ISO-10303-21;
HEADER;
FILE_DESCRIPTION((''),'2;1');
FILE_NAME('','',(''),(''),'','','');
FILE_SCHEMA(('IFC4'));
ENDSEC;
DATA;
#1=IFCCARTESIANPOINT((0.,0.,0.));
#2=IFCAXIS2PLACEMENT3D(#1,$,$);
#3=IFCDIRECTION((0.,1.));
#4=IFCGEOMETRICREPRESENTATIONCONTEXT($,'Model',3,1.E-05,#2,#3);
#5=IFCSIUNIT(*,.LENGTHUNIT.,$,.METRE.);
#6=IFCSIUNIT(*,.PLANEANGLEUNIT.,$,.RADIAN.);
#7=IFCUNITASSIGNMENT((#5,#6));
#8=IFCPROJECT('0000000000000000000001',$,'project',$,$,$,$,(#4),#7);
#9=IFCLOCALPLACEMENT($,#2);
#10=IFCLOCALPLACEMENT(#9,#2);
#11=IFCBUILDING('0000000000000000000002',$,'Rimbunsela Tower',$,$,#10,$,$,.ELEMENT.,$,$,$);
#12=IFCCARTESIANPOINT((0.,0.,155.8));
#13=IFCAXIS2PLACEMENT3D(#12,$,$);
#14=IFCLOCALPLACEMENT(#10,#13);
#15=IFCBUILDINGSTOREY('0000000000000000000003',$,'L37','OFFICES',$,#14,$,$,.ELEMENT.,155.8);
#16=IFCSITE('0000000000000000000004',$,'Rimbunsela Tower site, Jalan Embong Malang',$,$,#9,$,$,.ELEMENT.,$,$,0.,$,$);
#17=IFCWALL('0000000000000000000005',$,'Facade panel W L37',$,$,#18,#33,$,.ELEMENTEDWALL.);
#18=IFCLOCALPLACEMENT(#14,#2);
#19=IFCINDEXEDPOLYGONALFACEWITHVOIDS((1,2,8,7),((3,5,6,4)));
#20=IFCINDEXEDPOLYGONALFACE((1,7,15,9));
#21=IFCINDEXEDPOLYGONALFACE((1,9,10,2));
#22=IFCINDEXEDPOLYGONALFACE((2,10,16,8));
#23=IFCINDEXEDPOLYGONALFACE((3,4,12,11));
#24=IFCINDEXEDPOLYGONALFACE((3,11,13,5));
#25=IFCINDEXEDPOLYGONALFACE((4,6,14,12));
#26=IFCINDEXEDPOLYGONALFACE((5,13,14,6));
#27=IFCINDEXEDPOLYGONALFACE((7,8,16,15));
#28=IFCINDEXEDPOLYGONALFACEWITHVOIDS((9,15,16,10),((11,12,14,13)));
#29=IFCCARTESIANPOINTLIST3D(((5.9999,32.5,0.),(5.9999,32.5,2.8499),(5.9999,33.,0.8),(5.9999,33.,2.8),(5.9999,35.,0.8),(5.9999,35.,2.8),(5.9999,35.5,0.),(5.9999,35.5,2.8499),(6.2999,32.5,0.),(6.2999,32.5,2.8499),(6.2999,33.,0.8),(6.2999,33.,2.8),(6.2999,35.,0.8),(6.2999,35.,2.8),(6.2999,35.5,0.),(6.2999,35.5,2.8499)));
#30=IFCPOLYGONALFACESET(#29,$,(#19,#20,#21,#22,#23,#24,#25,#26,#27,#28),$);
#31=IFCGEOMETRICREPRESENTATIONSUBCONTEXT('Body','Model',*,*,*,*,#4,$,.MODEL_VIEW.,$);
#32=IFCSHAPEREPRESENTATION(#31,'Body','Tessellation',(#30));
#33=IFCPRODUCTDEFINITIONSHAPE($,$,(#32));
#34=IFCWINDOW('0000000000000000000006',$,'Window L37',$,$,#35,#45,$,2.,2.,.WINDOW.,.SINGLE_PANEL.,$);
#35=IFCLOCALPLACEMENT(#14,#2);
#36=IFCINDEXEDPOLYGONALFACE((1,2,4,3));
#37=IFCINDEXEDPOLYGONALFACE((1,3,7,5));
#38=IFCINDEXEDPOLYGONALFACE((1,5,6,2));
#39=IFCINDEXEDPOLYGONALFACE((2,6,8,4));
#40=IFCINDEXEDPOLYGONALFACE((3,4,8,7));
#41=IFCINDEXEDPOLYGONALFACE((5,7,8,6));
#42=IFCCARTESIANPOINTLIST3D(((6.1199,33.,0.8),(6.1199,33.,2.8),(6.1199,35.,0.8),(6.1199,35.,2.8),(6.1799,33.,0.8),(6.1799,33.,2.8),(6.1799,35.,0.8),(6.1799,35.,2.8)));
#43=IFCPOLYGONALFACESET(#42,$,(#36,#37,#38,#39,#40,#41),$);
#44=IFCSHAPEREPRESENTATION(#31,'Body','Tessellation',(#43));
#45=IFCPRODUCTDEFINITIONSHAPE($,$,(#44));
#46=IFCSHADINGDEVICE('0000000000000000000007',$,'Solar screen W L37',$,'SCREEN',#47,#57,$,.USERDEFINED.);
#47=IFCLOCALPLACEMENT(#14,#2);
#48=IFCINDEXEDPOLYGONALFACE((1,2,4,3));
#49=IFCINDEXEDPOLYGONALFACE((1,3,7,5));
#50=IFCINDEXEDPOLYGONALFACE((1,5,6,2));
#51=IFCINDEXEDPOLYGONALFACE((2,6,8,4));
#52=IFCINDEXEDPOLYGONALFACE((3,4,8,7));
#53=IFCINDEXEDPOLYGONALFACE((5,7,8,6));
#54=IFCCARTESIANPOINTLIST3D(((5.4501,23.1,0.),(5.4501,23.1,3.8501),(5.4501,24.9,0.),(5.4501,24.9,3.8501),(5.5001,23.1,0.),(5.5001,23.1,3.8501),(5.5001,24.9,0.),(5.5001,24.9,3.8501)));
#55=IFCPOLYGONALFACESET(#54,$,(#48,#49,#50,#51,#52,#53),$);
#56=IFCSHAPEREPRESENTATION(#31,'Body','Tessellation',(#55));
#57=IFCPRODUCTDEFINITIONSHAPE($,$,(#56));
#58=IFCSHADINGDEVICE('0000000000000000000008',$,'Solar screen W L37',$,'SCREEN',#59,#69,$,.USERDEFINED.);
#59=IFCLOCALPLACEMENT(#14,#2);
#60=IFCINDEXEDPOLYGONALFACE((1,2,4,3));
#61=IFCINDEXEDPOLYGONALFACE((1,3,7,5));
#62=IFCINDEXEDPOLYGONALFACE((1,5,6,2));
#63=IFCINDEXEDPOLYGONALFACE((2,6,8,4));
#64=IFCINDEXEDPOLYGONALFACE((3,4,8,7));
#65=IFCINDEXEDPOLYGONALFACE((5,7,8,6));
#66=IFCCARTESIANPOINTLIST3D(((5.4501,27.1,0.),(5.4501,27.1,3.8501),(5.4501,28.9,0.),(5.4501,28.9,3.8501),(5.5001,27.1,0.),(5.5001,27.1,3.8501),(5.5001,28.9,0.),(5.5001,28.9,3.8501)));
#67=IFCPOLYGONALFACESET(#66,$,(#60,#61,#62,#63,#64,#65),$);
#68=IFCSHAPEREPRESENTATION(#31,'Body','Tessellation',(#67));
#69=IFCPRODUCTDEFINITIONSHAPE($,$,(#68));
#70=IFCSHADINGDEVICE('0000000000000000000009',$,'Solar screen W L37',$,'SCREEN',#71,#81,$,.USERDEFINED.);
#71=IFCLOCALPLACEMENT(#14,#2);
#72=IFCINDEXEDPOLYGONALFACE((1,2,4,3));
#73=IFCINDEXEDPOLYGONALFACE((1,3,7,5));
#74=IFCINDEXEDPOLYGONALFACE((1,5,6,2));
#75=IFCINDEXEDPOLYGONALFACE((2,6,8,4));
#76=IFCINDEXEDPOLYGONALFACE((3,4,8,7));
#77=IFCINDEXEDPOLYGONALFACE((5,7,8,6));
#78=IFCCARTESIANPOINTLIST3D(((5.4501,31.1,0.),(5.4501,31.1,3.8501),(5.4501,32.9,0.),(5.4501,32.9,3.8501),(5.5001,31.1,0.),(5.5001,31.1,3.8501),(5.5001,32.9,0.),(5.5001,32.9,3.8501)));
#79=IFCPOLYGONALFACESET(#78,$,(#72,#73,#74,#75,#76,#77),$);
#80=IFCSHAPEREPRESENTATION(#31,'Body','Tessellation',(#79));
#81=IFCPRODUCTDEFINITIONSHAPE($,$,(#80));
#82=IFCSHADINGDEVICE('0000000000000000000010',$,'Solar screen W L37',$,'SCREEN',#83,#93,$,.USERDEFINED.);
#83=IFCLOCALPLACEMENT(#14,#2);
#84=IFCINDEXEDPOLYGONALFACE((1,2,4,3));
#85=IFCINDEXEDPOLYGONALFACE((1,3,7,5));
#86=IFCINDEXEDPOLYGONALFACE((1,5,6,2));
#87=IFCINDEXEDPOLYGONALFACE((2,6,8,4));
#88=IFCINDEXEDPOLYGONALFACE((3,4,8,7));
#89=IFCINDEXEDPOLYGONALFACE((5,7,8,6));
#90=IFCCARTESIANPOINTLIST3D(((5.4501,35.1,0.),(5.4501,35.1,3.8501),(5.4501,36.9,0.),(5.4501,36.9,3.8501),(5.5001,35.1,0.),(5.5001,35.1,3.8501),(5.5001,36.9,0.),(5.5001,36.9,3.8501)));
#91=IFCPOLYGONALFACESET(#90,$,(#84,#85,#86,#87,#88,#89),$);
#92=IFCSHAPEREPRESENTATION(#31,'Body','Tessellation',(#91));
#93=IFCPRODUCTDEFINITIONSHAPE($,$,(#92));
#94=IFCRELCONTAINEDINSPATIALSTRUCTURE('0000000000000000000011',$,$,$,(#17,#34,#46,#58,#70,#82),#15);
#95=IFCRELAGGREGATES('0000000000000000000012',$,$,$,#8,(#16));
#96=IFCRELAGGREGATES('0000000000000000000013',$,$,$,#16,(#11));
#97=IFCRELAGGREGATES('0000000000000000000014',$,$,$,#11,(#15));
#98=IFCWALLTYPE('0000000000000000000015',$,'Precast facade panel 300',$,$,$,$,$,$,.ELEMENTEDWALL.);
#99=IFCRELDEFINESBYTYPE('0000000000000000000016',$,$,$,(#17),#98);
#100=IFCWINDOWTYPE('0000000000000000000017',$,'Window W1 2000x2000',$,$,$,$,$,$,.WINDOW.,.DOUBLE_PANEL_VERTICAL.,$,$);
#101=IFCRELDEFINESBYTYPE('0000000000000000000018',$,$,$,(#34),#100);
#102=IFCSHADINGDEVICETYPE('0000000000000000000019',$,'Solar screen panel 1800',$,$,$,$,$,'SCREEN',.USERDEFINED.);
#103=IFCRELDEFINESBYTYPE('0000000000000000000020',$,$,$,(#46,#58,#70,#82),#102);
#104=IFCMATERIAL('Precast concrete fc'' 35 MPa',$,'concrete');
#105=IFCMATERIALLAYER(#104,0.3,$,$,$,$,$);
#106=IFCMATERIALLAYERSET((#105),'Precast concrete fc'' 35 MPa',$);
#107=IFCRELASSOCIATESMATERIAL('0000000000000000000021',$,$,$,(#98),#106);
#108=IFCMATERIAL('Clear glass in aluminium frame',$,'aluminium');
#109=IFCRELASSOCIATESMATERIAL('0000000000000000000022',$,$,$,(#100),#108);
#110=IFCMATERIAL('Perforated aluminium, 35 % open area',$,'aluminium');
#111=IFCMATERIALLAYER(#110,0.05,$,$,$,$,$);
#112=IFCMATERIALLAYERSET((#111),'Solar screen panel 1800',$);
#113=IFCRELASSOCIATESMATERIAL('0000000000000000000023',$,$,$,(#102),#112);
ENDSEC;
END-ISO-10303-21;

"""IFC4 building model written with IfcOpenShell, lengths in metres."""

from ifc_helpers import new_model, si_unit, direction, frame, frame_2d, origin, origin_2d, place, context, subcontext, project, spatial, rectangle, extrude, material, layer, layer_set, type_object, element, fill, save


model = new_model("IFC4")

# Units and contexts
model_context = context("Model", 3, precision=1e-05, world=origin(), true_north=direction((0.0, 1.0)))
body_context = subcontext(model_context, "Body", "Model", "MODEL_VIEW")
ifc_project = project(units=[si_unit("LENGTHUNIT", "METRE"), si_unit("PLANEANGLEUNIT", "RADIAN")], contexts=[model_context])

# Site, building, storey
site_placement = place(None, origin())
site = spatial("IfcSite", under=ifc_project, at=site_placement, Name="Rimbunsela Tower site, Jalan Embong Malang", CompositionType="ELEMENT", RefElevation=0.0)
building_placement = place(site_placement, origin())
building = spatial("IfcBuilding", under=site, at=building_placement, Name="Rimbunsela Tower", CompositionType="ELEMENT")
storey_placement = place(building_placement, frame((0.0, 0.0, 155.8)))
storey = spatial("IfcBuildingStorey", under=building, at=storey_placement, Name="L37", Description="OFFICES", CompositionType="ELEMENT", Elevation=155.8)

# Wall, opening, window
ifc_material_1 = material(Name="Precast concrete fc' 35 MPa", Category="concrete")
ifc_layer_1 = layer(ifc_material_1, 0.3)
ifc_layer_set_1 = layer_set([ifc_layer_1], Name="Precast concrete fc' 35 MPa")
wall_type = type_object("IfcWallType", Name="Precast facade panel 300", PredefinedType="ELEMENTEDWALL", material=ifc_layer_set_1)
ifc_material_2 = material(Name="Clear glass in aluminium frame", Category="aluminium")
window_type = type_object("IfcWindowType", Name="Window W1 2000x2000", PartitioningType="DOUBLE_PANEL_VERTICAL", PredefinedType="WINDOW", material=ifc_material_2)
wall_1_placement = place(storey_placement, frame((6.1499, 35.5, 0.0), z_axis=(0.0, 0.0, 1.0), x_axis=(0.0, -1.0, 0.0)))
wall_1 = element("IfcWall", 1, at=wall_1_placement, inside=storey, type_object=wall_type, Name="Facade panel W L37", PredefinedType="ELEMENTEDWALL", context=body_context, shape_type="SweptSolid", body=[
    extrude(rectangle(XDim=3.0, YDim=0.3, at=frame_2d((1.5, 0.0))), origin(), (0.0, 0.0, 1.0), 2.8499),
])
opening_1_placement = place(wall_1_placement, frame((0.5, 0.0, 0.8)))
opening_1 = element("IfcOpeningElement", 2, at=opening_1_placement, cuts=wall_1, PredefinedType="OPENING", context=body_context, shape_type="SweptSolid", body=[
    extrude(rectangle(XDim=2.0, YDim=2.0, at=frame_2d((1.0, 1.0))), frame((0.0, 0.1599, 0.0), z_axis=(0.0, -1.0, 0.0), x_axis=(1.0, 0.0, 0.0)), (0.0, 0.0, 1.0), 0.3201),
])
window_1_placement = place(opening_1_placement, origin())
window_1 = element("IfcWindow", 3, at=window_1_placement, inside=storey, type_object=window_type, Name="Window L37", OverallHeight=2.0, OverallWidth=2.0, PartitioningType="SINGLE_PANEL", PredefinedType="WINDOW", context=body_context, shape_type="SweptSolid", body=[
    extrude(rectangle(XDim=2.0, YDim=2.0, at=frame_2d((1.0, 1.0))), frame((0.0, 0.03, 0.0), z_axis=(0.0, -1.0, 0.0), x_axis=(1.0, 0.0, 0.0)), (0.0, 0.0, 1.0), 0.0601),
])
fill(opening_1, window_1)

# Shading devices
ifc_material_3 = material(Name="Perforated aluminium, 35 % open area", Category="aluminium")
ifc_layer_2 = layer(ifc_material_3, 0.05)
ifc_layer_set_2 = layer_set([ifc_layer_2], Name="Solar screen panel 1800")
shading_device_type = type_object("IfcShadingDeviceType", Name="Solar screen panel 1800", ElementType="SCREEN", PredefinedType="USERDEFINED", material=ifc_layer_set_2)
for number, where, z_axis, x_axis, name in (
    (4, (5.4751, 24.0, 0.0), (0.0, 0.0, 1.0), (0.0, 1.0, 0.0), "Solar screen W L37"),
    (5, (5.4751, 28.0, 0.0), (0.0, 0.0, 1.0), (0.0, 1.0, 0.0), "Solar screen W L37"),
    (6, (5.4751, 32.0, 0.0), (0.0, 0.0, 1.0), (0.0, 1.0, 0.0), "Solar screen W L37"),
    (7, (5.4751, 36.0, 0.0), (0.0, 0.0, 1.0), (0.0, 1.0, 0.0), "Solar screen W L37"),
):
    element("IfcShadingDevice", number, at=place(storey_placement, frame(where, z_axis=z_axis, x_axis=x_axis)), inside=storey, type_object=shading_device_type, Name=name, ObjectType="SCREEN", PredefinedType="USERDEFINED", context=body_context, shape_type="SweptSolid", body=[
        extrude(rectangle(XDim=1.8, YDim=0.05, at=origin_2d()), origin(), (0.0, 0.0, 1.0), 3.8501),
    ])

save(model, "model.ifc")
